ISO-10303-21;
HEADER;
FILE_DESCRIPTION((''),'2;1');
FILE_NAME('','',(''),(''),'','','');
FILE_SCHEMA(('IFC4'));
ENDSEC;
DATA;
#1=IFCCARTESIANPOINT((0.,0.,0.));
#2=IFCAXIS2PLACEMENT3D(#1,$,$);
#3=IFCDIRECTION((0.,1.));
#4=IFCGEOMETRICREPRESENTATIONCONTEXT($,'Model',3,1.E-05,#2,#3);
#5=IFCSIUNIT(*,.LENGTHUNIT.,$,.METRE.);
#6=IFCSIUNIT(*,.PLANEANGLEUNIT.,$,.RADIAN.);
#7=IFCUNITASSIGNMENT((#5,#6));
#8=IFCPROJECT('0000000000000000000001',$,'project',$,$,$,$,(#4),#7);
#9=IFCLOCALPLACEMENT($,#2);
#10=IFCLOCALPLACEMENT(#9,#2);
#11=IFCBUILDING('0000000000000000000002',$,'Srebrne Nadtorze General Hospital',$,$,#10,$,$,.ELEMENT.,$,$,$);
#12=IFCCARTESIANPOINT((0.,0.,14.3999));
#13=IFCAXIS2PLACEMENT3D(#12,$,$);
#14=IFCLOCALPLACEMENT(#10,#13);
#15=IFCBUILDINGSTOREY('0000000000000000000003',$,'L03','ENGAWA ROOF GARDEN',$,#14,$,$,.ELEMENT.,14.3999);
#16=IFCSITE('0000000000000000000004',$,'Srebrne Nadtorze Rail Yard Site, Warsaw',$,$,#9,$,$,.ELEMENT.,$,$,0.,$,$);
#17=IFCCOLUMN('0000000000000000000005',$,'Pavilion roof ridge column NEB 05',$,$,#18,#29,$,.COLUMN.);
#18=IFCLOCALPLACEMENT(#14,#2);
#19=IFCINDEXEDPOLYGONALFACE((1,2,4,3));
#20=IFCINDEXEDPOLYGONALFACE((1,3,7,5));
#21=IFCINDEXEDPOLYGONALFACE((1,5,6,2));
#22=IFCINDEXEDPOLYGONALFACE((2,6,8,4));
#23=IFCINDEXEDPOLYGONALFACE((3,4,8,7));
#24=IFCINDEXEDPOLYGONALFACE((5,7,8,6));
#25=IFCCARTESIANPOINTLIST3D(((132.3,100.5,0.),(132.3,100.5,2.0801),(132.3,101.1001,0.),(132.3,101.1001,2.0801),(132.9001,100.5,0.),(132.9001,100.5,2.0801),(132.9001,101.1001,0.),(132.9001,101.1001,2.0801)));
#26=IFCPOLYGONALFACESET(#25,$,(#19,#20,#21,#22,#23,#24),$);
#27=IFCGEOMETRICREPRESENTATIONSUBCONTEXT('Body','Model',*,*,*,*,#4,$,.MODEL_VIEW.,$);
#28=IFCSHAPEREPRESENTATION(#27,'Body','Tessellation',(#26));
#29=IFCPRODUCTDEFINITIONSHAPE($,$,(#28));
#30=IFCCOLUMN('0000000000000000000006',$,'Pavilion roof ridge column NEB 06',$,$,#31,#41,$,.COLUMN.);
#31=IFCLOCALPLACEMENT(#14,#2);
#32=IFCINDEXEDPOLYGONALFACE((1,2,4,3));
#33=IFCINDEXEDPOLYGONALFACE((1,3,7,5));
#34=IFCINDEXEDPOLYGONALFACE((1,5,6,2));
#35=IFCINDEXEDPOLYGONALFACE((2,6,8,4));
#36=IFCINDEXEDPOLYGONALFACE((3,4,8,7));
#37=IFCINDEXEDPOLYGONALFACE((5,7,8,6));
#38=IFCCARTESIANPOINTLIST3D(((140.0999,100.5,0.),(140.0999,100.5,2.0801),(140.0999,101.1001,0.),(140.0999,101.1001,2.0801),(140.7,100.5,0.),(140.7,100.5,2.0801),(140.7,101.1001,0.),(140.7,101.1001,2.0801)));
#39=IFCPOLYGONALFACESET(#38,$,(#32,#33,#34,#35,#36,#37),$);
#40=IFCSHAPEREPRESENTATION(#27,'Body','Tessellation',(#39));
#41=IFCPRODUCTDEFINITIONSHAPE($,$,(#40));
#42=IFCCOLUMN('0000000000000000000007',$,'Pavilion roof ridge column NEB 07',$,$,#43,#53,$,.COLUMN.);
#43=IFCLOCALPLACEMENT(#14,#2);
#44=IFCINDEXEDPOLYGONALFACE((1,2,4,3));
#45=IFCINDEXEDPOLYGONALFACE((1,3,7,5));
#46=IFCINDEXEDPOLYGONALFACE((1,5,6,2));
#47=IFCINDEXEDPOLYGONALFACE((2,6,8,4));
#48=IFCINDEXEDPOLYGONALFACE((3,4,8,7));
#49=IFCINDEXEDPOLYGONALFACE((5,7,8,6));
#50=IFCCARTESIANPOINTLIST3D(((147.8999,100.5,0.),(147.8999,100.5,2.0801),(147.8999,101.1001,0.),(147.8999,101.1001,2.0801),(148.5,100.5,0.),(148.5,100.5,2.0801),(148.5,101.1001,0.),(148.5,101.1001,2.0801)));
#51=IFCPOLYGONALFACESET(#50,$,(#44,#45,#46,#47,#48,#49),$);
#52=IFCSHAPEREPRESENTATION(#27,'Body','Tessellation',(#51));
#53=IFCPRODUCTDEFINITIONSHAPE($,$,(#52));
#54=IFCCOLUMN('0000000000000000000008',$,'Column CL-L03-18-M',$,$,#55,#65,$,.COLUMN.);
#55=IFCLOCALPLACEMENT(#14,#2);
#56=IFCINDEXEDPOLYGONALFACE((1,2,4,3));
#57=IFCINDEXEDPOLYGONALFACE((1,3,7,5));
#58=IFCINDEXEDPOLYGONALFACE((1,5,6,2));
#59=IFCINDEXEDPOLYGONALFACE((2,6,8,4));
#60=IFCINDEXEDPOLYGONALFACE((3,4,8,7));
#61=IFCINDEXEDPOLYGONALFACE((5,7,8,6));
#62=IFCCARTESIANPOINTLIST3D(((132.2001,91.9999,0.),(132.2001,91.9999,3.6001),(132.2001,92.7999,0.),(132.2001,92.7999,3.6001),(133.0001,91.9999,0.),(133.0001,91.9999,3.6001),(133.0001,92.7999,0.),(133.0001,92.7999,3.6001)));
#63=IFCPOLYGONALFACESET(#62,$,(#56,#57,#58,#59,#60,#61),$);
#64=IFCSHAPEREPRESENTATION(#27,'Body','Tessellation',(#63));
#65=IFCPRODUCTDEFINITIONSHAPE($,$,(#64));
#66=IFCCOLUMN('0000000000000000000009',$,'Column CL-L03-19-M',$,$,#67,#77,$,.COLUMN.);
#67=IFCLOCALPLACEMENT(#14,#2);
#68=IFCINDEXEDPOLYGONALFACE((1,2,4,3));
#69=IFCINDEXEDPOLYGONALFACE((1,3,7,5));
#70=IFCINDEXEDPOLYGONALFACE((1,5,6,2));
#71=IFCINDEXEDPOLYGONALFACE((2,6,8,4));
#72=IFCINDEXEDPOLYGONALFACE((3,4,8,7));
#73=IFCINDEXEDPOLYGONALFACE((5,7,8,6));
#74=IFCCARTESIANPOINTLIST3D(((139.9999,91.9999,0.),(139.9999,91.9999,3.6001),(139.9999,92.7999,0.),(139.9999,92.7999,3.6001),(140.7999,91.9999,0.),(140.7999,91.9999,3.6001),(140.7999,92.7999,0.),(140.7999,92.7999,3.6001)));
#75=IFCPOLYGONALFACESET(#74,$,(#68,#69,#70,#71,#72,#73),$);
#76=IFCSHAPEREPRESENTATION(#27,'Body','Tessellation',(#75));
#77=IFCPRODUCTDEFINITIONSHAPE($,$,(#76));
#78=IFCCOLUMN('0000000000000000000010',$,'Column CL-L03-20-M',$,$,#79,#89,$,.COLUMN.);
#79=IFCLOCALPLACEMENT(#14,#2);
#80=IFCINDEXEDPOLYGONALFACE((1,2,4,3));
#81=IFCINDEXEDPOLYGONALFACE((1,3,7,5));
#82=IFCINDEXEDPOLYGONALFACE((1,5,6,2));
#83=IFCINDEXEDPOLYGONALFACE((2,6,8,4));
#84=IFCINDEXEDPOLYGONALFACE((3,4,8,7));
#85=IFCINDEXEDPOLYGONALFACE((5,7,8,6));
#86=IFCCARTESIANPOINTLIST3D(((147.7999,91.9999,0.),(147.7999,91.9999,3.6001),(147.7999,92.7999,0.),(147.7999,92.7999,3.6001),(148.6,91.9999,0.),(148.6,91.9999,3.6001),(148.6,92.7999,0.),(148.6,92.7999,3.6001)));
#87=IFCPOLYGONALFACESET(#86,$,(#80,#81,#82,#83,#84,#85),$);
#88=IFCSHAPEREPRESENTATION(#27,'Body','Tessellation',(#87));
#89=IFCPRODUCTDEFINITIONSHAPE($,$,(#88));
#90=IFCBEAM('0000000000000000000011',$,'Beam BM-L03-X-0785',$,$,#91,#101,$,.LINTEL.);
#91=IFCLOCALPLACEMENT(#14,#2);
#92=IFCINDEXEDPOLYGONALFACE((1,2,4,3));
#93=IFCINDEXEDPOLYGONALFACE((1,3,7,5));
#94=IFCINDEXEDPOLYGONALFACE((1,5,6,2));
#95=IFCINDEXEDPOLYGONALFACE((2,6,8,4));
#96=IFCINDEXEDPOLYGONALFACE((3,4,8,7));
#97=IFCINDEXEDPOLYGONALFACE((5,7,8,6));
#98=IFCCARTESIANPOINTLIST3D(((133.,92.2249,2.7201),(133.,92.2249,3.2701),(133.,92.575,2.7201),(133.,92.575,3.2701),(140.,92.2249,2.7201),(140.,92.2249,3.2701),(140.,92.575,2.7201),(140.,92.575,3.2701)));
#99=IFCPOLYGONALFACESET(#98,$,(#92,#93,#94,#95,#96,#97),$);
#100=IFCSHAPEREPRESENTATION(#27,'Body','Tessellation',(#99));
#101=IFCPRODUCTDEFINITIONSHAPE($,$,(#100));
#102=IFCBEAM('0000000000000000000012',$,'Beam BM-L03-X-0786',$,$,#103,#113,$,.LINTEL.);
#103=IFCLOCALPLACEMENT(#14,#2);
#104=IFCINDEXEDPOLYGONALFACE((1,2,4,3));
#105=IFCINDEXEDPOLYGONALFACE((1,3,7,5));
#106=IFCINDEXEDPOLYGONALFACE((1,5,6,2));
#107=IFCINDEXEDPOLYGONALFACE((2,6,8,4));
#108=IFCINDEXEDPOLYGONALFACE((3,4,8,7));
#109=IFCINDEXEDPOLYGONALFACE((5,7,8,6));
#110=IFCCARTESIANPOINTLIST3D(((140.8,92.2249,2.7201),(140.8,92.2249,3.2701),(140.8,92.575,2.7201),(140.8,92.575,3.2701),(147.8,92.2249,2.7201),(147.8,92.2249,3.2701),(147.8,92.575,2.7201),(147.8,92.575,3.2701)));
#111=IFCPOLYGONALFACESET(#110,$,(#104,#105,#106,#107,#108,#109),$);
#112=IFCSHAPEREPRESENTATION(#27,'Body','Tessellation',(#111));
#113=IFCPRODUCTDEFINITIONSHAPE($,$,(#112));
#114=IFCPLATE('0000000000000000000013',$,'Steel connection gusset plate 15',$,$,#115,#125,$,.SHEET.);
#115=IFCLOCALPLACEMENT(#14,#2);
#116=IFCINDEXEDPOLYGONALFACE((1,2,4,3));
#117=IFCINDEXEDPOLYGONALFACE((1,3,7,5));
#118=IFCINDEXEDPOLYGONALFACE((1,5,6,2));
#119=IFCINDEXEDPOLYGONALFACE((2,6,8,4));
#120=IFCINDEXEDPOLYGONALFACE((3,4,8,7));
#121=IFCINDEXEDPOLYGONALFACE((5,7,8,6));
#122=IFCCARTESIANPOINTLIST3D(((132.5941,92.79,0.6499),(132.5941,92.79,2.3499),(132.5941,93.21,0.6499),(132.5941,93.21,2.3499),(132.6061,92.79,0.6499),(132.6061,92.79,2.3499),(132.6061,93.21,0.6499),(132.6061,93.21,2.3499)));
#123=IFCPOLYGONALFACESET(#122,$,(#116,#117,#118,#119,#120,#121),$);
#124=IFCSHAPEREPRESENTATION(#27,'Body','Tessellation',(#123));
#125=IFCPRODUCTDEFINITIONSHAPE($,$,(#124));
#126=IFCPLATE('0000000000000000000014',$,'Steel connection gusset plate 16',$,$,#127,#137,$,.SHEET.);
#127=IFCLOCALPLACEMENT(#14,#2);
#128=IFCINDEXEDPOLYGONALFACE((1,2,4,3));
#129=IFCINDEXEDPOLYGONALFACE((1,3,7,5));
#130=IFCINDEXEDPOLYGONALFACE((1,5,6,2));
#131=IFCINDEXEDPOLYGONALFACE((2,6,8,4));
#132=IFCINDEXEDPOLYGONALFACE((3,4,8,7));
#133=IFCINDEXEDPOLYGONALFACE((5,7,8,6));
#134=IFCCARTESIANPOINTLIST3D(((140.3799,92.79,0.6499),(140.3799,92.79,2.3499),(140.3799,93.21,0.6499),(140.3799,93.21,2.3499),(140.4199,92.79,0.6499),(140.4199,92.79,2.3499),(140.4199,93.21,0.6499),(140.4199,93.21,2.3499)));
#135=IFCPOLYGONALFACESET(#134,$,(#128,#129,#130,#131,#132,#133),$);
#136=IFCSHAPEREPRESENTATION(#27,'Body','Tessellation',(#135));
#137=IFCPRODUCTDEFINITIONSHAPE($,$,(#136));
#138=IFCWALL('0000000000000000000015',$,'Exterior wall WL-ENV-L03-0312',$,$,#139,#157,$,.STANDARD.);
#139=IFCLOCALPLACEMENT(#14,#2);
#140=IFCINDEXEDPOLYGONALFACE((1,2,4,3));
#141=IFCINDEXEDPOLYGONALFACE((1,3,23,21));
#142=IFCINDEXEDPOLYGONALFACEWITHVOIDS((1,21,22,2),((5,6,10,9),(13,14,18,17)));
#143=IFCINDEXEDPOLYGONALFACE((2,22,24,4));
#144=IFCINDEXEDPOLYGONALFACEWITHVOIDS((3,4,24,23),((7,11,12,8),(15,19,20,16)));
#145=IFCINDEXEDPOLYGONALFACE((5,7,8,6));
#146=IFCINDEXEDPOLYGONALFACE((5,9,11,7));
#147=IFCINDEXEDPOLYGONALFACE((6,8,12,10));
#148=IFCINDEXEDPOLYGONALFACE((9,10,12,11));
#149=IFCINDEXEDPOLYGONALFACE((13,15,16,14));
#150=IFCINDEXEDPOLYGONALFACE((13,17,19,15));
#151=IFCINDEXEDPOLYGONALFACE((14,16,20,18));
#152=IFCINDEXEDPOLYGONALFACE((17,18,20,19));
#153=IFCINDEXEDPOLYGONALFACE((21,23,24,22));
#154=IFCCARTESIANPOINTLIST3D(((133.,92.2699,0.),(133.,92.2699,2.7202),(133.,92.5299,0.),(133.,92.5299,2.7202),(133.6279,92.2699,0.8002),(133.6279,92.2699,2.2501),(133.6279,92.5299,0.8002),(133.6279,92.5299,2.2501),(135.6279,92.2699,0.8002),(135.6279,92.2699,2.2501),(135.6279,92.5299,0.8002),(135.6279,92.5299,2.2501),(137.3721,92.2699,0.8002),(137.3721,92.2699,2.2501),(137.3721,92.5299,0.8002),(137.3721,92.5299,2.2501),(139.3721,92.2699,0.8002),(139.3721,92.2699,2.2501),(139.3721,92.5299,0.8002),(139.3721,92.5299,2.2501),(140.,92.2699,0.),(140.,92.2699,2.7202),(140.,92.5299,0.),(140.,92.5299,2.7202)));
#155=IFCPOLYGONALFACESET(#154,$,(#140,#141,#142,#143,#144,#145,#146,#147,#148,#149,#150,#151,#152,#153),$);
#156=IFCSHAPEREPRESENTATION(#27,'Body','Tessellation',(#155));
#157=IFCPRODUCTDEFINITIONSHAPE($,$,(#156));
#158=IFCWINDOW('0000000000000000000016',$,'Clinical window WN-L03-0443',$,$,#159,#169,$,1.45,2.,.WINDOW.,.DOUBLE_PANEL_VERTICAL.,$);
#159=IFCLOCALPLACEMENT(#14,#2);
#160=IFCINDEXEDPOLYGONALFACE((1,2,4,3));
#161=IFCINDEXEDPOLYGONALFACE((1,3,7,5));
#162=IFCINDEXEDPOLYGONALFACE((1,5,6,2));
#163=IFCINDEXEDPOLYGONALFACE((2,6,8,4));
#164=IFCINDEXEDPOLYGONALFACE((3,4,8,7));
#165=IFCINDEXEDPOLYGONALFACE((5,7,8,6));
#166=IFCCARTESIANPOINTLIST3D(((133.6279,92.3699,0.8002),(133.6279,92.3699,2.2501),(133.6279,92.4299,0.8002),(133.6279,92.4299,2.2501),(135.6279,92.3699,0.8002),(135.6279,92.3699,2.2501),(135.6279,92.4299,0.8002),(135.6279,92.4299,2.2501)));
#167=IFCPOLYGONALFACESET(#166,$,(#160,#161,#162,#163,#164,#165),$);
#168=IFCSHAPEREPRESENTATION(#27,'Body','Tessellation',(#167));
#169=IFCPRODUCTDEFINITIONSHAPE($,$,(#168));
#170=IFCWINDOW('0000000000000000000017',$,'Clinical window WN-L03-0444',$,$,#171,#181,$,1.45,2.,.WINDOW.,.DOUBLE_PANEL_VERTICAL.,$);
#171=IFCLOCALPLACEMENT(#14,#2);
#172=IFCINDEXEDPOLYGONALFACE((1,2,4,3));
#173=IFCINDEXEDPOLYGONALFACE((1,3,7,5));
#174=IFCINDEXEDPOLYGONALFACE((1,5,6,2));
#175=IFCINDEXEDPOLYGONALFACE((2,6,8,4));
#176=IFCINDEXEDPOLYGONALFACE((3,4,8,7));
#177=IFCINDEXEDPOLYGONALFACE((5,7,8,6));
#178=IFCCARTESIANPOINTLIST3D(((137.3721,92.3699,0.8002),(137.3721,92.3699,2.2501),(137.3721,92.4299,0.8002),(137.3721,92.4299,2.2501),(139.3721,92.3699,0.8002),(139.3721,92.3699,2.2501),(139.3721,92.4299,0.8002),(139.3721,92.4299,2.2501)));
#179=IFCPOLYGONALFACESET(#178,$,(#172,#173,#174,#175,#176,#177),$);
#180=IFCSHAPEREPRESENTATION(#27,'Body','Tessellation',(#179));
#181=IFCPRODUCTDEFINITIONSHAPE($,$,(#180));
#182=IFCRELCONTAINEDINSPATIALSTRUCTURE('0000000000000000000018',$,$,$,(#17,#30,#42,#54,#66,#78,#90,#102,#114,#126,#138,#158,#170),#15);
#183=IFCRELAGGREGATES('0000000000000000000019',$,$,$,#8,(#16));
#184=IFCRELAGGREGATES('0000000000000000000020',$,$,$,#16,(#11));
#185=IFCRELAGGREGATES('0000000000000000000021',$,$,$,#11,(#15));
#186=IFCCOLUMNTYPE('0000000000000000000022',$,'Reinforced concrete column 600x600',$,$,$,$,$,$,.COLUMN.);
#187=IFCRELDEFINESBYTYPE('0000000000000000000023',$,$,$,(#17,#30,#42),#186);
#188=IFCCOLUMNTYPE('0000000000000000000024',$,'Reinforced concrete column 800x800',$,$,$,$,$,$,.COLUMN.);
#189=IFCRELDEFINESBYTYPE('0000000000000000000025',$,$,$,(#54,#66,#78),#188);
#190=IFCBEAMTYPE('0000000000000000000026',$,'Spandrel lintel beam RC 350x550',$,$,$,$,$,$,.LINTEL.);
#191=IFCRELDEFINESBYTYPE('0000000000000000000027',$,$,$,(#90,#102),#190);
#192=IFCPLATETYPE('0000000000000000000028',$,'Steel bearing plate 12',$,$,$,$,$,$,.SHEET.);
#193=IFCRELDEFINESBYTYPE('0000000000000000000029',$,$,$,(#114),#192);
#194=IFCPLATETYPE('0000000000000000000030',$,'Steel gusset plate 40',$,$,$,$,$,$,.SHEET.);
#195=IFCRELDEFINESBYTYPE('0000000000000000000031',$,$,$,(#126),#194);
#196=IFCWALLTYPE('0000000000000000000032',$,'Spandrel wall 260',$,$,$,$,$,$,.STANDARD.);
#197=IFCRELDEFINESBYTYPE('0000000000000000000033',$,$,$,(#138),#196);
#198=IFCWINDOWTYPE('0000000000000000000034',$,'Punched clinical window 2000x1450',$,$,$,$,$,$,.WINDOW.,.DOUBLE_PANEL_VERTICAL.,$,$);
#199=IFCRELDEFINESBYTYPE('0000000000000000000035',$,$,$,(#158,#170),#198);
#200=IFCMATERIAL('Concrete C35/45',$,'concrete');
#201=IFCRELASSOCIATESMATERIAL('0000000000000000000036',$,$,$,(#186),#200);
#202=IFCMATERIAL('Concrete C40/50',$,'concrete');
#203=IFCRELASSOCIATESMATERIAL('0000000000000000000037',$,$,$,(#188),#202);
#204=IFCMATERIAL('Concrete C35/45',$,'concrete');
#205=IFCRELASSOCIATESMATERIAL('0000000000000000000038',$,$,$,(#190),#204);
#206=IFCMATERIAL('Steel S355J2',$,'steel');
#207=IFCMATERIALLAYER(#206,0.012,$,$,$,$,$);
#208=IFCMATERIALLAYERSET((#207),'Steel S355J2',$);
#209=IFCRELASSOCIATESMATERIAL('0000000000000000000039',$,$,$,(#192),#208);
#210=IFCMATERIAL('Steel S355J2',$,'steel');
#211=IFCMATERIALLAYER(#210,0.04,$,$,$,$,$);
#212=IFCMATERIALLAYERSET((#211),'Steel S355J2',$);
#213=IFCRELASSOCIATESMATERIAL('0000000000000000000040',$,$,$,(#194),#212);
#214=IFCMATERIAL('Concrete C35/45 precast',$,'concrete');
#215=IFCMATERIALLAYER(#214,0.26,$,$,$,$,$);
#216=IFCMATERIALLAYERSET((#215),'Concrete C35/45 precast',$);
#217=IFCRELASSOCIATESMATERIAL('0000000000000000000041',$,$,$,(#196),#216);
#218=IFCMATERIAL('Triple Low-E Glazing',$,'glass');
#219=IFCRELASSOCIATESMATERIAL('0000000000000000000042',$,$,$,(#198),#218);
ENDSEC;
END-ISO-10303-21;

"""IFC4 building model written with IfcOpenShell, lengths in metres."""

from ifc_helpers import new_model, si_unit, direction, frame, frame_2d, origin, origin_2d, place, context, subcontext, project, spatial, rectangle, extrude, material, layer, layer_set, material_profile, profile_set, type_object, element, fill, save


model = new_model("IFC4")

# Units and contexts
model_context = context("Model", 3, precision=1e-05, world=origin(), true_north=direction((0.0, 1.0)))
body_context = subcontext(model_context, "Body", "Model", "MODEL_VIEW")
ifc_project = project(units=[si_unit("LENGTHUNIT", "METRE"), si_unit("PLANEANGLEUNIT", "RADIAN")], contexts=[model_context])

# Site, building, storey
site_placement = place(None, origin())
site = spatial("IfcSite", under=ifc_project, at=site_placement, Name="Srebrne Nadtorze Rail Yard Site, Warsaw", CompositionType="ELEMENT", RefElevation=0.0)
building_placement = place(site_placement, origin())
building = spatial("IfcBuilding", under=site, at=building_placement, Name="Srebrne Nadtorze General Hospital", CompositionType="ELEMENT")
storey_placement = place(building_placement, frame((0.0, 0.0, 14.3999)))
storey = spatial("IfcBuildingStorey", under=building, at=storey_placement, Name="L03", Description="ENGAWA ROOF GARDEN", CompositionType="ELEMENT", Elevation=14.3999)

# Columns
ifc_material_1 = material(Name="Concrete C35/45", Category="concrete")
ifc_material_profile_1 = material_profile(ifc_material_1, rectangle(XDim=0.6001, YDim=0.6001, at=origin_2d()), Name="RC-COL-600x600")
ifc_profile_set_1 = profile_set([ifc_material_profile_1], Name="Concrete C35/45")
column_type_1 = type_object("IfcColumnType", Name="Reinforced concrete column 600x600", PredefinedType="COLUMN", material=ifc_profile_set_1)
for number, where, z_axis, x_axis, name in (
    (1, (132.6001, 100.8, 0.0), (0.0, 0.0, 1.0), (1.0, 0.0, 0.0), "Pavilion roof ridge column NEB 05"),
    (2, (140.3999, 100.8, 0.0), (0.0, 0.0, 1.0), (1.0, 0.0, 0.0), "Pavilion roof ridge column NEB 06"),
    (3, (148.2, 100.8, 0.0), (0.0, 0.0, 1.0), (1.0, 0.0, 0.0), "Pavilion roof ridge column NEB 07"),
):
    element("IfcColumn", number, at=place(storey_placement, frame(where, z_axis=z_axis, x_axis=x_axis)), inside=storey, type_object=column_type_1, Name=name, PredefinedType="COLUMN", context=body_context, shape_type="SweptSolid", body=[
        extrude(rectangle(XDim=0.6001, YDim=0.6001, at=origin_2d()), origin(), (0.0, 0.0, 1.0), 2.0801),
    ])
ifc_material_2 = material(Name="Concrete C40/50", Category="concrete")
ifc_material_profile_2 = material_profile(ifc_material_2, rectangle(XDim=0.8, YDim=0.8, at=origin_2d()), Name="RC-COL-800x800")
ifc_profile_set_2 = profile_set([ifc_material_profile_2], Name="Concrete C40/50")
column_type_2 = type_object("IfcColumnType", Name="Reinforced concrete column 800x800", PredefinedType="COLUMN", material=ifc_profile_set_2)
for number, where, z_axis, x_axis, name in (
    (4, (132.6001, 92.3999, 0.0), (0.0, 0.0, 1.0), (1.0, 0.0, 0.0), "Column CL-L03-18-M"),
    (5, (140.3999, 92.3999, 0.0), (0.0, 0.0, 1.0), (1.0, 0.0, 0.0), "Column CL-L03-19-M"),
    (6, (148.2, 92.3999, 0.0), (0.0, 0.0, 1.0), (1.0, 0.0, 0.0), "Column CL-L03-20-M"),
):
    element("IfcColumn", number, at=place(storey_placement, frame(where, z_axis=z_axis, x_axis=x_axis)), inside=storey, type_object=column_type_2, Name=name, PredefinedType="COLUMN", context=body_context, shape_type="SweptSolid", body=[
        extrude(rectangle(XDim=0.8, YDim=0.8, at=origin_2d()), origin(), (0.0, 0.0, 1.0), 3.6001),
    ])

# Beams
ifc_material_3 = material(Name="Concrete C35/45", Category="concrete")
ifc_material_profile_3 = material_profile(ifc_material_3, rectangle(XDim=0.3501, YDim=0.55, at=origin_2d()), Name="RC-BM-350x550")
ifc_profile_set_3 = profile_set([ifc_material_profile_3], Name="Concrete C35/45")
beam_type = type_object("IfcBeamType", Name="Spandrel lintel beam RC 350x550", PredefinedType="LINTEL", material=ifc_profile_set_3)
for number, where, z_axis, x_axis, name in (
    (7, (133.0, 92.3999, 2.9951), (1.0, 0.0, 0.0), (0.0, 1.0, 0.0), "Beam BM-L03-X-0785"),
    (8, (140.8, 92.3999, 2.9951), (1.0, 0.0, 0.0), (0.0, 1.0, 0.0), "Beam BM-L03-X-0786"),
):
    element("IfcBeam", number, at=place(storey_placement, frame(where, z_axis=z_axis, x_axis=x_axis)), inside=storey, type_object=beam_type, Name=name, PredefinedType="LINTEL", context=body_context, shape_type="SweptSolid", body=[
        extrude(rectangle(XDim=0.3501, YDim=0.55, at=origin_2d()), origin(), (0.0, 0.0, 1.0), 7.0),
    ])

# Plates
ifc_material_4 = material(Name="Steel S355J2", Category="steel")
ifc_layer_1 = layer(ifc_material_4, 0.012)
ifc_layer_set_1 = layer_set([ifc_layer_1], Name="Steel S355J2")
plate_type_1 = type_object("IfcPlateType", Name="Steel bearing plate 12", PredefinedType="SHEET", material=ifc_layer_set_1)
plate_1_placement = place(storey_placement, frame((132.6001, 93.0, 0.6499), z_axis=(0.0, 0.0, 1.0), x_axis=(1.0, 0.0, 0.0)))
element("IfcPlate", 9, at=plate_1_placement, inside=storey, type_object=plate_type_1, Name="Steel connection gusset plate 15", PredefinedType="SHEET", context=body_context, shape_type="SweptSolid", body=[
    extrude(rectangle(XDim=0.012, YDim=0.4199, at=origin_2d()), origin(), (0.0, 0.0, 1.0), 1.7),
])
ifc_material_5 = material(Name="Steel S355J2", Category="steel")
ifc_layer_2 = layer(ifc_material_5, 0.04)
ifc_layer_set_2 = layer_set([ifc_layer_2], Name="Steel S355J2")
plate_type_2 = type_object("IfcPlateType", Name="Steel gusset plate 40", PredefinedType="SHEET", material=ifc_layer_set_2)
plate_2_placement = place(storey_placement, frame((140.3999, 93.0, 0.6499), z_axis=(0.0, 0.0, 1.0), x_axis=(1.0, 0.0, 0.0)))
element("IfcPlate", 10, at=plate_2_placement, inside=storey, type_object=plate_type_2, Name="Steel connection gusset plate 16", PredefinedType="SHEET", context=body_context, shape_type="SweptSolid", body=[
    extrude(rectangle(XDim=0.04, YDim=0.4199, at=origin_2d()), origin(), (0.0, 0.0, 1.0), 1.7),
])

# Wall, openings, windows
ifc_material_6 = material(Name="Concrete C35/45 precast", Category="concrete")
ifc_layer_3 = layer(ifc_material_6, 0.26)
ifc_layer_set_3 = layer_set([ifc_layer_3], Name="Concrete C35/45 precast")
wall_type_1 = type_object("IfcWallType", Name="Spandrel wall 260", PredefinedType="STANDARD", material=ifc_layer_set_3)
wall_1_placement = place(storey_placement, frame((133.0, 92.3999, 0.0), z_axis=(0.0, 0.0, 1.0), x_axis=(1.0, 0.0, 0.0)))
wall_1 = element("IfcWall", 11, at=wall_1_placement, inside=storey, type_object=wall_type_1, Name="Exterior wall WL-ENV-L03-0312", PredefinedType="STANDARD", context=body_context, shape_type="SweptSolid", body=[
    extrude(rectangle(XDim=7.0, YDim=0.26, at=frame_2d((3.5, 0.0))), origin(), (0.0, 0.0, 1.0), 2.7202),
])
opening_1_placement = place(wall_1_placement, frame((0.6279, 0.0, 0.8)))
opening_1 = element("IfcOpeningElement", 12, at=opening_1_placement, cuts=wall_1, PredefinedType="OPENING", context=body_context, shape_type="SweptSolid", body=[
    extrude(rectangle(XDim=2.0, YDim=1.45, at=frame_2d((1.0, 0.7251))), frame((0.0, 0.1421, 0.0), z_axis=(0.0, -1.0, 0.0), x_axis=(1.0, 0.0, 0.0)), (0.0, 0.0, 1.0), 0.2839),
])
opening_2_placement = place(wall_1_placement, frame((4.3721, 0.0, 0.8)))
opening_2 = element("IfcOpeningElement", 13, at=opening_2_placement, cuts=wall_1, PredefinedType="OPENING", context=body_context, shape_type="SweptSolid", body=[
    extrude(rectangle(XDim=2.0, YDim=1.45, at=frame_2d((1.0, 0.7251))), frame((0.0, 0.1421, 0.0), z_axis=(0.0, -1.0, 0.0), x_axis=(1.0, 0.0, 0.0)), (0.0, 0.0, 1.0), 0.2839),
])
ifc_material_7 = material(Name="Triple Low-E Glazing", Category="glass")
window_type_1 = type_object("IfcWindowType", Name="Punched clinical window 2000x1450", PartitioningType="DOUBLE_PANEL_VERTICAL", PredefinedType="WINDOW", material=ifc_material_7)
window_1_placement = place(opening_1_placement, origin())
window_1 = element("IfcWindow", 14, at=window_1_placement, inside=storey, type_object=window_type_1, Name="Clinical window WN-L03-0443", OverallHeight=1.45, OverallWidth=2.0, PartitioningType="DOUBLE_PANEL_VERTICAL", PredefinedType="WINDOW", context=body_context, shape_type="SweptSolid", body=[
    extrude(rectangle(XDim=2.0, YDim=1.45, at=frame_2d((1.0, 0.7251))), frame((0.0, 0.03, 0.0), z_axis=(0.0, -1.0, 0.0), x_axis=(1.0, 0.0, 0.0)), (0.0, 0.0, 1.0), 0.0601),
])
fill(opening_1, window_1)
window_2_placement = place(opening_2_placement, origin())
window_2 = element("IfcWindow", 15, at=window_2_placement, inside=storey, type_object=window_type_1, Name="Clinical window WN-L03-0444", OverallHeight=1.45, OverallWidth=2.0, PartitioningType="DOUBLE_PANEL_VERTICAL", PredefinedType="WINDOW", context=body_context, shape_type="SweptSolid", body=[
    extrude(rectangle(XDim=2.0, YDim=1.45, at=frame_2d((1.0, 0.7251))), frame((0.0, 0.03, 0.0), z_axis=(0.0, -1.0, 0.0), x_axis=(1.0, 0.0, 0.0)), (0.0, 0.0, 1.0), 0.0601),
])
fill(opening_2, window_2)

save(model, "model.ifc")
